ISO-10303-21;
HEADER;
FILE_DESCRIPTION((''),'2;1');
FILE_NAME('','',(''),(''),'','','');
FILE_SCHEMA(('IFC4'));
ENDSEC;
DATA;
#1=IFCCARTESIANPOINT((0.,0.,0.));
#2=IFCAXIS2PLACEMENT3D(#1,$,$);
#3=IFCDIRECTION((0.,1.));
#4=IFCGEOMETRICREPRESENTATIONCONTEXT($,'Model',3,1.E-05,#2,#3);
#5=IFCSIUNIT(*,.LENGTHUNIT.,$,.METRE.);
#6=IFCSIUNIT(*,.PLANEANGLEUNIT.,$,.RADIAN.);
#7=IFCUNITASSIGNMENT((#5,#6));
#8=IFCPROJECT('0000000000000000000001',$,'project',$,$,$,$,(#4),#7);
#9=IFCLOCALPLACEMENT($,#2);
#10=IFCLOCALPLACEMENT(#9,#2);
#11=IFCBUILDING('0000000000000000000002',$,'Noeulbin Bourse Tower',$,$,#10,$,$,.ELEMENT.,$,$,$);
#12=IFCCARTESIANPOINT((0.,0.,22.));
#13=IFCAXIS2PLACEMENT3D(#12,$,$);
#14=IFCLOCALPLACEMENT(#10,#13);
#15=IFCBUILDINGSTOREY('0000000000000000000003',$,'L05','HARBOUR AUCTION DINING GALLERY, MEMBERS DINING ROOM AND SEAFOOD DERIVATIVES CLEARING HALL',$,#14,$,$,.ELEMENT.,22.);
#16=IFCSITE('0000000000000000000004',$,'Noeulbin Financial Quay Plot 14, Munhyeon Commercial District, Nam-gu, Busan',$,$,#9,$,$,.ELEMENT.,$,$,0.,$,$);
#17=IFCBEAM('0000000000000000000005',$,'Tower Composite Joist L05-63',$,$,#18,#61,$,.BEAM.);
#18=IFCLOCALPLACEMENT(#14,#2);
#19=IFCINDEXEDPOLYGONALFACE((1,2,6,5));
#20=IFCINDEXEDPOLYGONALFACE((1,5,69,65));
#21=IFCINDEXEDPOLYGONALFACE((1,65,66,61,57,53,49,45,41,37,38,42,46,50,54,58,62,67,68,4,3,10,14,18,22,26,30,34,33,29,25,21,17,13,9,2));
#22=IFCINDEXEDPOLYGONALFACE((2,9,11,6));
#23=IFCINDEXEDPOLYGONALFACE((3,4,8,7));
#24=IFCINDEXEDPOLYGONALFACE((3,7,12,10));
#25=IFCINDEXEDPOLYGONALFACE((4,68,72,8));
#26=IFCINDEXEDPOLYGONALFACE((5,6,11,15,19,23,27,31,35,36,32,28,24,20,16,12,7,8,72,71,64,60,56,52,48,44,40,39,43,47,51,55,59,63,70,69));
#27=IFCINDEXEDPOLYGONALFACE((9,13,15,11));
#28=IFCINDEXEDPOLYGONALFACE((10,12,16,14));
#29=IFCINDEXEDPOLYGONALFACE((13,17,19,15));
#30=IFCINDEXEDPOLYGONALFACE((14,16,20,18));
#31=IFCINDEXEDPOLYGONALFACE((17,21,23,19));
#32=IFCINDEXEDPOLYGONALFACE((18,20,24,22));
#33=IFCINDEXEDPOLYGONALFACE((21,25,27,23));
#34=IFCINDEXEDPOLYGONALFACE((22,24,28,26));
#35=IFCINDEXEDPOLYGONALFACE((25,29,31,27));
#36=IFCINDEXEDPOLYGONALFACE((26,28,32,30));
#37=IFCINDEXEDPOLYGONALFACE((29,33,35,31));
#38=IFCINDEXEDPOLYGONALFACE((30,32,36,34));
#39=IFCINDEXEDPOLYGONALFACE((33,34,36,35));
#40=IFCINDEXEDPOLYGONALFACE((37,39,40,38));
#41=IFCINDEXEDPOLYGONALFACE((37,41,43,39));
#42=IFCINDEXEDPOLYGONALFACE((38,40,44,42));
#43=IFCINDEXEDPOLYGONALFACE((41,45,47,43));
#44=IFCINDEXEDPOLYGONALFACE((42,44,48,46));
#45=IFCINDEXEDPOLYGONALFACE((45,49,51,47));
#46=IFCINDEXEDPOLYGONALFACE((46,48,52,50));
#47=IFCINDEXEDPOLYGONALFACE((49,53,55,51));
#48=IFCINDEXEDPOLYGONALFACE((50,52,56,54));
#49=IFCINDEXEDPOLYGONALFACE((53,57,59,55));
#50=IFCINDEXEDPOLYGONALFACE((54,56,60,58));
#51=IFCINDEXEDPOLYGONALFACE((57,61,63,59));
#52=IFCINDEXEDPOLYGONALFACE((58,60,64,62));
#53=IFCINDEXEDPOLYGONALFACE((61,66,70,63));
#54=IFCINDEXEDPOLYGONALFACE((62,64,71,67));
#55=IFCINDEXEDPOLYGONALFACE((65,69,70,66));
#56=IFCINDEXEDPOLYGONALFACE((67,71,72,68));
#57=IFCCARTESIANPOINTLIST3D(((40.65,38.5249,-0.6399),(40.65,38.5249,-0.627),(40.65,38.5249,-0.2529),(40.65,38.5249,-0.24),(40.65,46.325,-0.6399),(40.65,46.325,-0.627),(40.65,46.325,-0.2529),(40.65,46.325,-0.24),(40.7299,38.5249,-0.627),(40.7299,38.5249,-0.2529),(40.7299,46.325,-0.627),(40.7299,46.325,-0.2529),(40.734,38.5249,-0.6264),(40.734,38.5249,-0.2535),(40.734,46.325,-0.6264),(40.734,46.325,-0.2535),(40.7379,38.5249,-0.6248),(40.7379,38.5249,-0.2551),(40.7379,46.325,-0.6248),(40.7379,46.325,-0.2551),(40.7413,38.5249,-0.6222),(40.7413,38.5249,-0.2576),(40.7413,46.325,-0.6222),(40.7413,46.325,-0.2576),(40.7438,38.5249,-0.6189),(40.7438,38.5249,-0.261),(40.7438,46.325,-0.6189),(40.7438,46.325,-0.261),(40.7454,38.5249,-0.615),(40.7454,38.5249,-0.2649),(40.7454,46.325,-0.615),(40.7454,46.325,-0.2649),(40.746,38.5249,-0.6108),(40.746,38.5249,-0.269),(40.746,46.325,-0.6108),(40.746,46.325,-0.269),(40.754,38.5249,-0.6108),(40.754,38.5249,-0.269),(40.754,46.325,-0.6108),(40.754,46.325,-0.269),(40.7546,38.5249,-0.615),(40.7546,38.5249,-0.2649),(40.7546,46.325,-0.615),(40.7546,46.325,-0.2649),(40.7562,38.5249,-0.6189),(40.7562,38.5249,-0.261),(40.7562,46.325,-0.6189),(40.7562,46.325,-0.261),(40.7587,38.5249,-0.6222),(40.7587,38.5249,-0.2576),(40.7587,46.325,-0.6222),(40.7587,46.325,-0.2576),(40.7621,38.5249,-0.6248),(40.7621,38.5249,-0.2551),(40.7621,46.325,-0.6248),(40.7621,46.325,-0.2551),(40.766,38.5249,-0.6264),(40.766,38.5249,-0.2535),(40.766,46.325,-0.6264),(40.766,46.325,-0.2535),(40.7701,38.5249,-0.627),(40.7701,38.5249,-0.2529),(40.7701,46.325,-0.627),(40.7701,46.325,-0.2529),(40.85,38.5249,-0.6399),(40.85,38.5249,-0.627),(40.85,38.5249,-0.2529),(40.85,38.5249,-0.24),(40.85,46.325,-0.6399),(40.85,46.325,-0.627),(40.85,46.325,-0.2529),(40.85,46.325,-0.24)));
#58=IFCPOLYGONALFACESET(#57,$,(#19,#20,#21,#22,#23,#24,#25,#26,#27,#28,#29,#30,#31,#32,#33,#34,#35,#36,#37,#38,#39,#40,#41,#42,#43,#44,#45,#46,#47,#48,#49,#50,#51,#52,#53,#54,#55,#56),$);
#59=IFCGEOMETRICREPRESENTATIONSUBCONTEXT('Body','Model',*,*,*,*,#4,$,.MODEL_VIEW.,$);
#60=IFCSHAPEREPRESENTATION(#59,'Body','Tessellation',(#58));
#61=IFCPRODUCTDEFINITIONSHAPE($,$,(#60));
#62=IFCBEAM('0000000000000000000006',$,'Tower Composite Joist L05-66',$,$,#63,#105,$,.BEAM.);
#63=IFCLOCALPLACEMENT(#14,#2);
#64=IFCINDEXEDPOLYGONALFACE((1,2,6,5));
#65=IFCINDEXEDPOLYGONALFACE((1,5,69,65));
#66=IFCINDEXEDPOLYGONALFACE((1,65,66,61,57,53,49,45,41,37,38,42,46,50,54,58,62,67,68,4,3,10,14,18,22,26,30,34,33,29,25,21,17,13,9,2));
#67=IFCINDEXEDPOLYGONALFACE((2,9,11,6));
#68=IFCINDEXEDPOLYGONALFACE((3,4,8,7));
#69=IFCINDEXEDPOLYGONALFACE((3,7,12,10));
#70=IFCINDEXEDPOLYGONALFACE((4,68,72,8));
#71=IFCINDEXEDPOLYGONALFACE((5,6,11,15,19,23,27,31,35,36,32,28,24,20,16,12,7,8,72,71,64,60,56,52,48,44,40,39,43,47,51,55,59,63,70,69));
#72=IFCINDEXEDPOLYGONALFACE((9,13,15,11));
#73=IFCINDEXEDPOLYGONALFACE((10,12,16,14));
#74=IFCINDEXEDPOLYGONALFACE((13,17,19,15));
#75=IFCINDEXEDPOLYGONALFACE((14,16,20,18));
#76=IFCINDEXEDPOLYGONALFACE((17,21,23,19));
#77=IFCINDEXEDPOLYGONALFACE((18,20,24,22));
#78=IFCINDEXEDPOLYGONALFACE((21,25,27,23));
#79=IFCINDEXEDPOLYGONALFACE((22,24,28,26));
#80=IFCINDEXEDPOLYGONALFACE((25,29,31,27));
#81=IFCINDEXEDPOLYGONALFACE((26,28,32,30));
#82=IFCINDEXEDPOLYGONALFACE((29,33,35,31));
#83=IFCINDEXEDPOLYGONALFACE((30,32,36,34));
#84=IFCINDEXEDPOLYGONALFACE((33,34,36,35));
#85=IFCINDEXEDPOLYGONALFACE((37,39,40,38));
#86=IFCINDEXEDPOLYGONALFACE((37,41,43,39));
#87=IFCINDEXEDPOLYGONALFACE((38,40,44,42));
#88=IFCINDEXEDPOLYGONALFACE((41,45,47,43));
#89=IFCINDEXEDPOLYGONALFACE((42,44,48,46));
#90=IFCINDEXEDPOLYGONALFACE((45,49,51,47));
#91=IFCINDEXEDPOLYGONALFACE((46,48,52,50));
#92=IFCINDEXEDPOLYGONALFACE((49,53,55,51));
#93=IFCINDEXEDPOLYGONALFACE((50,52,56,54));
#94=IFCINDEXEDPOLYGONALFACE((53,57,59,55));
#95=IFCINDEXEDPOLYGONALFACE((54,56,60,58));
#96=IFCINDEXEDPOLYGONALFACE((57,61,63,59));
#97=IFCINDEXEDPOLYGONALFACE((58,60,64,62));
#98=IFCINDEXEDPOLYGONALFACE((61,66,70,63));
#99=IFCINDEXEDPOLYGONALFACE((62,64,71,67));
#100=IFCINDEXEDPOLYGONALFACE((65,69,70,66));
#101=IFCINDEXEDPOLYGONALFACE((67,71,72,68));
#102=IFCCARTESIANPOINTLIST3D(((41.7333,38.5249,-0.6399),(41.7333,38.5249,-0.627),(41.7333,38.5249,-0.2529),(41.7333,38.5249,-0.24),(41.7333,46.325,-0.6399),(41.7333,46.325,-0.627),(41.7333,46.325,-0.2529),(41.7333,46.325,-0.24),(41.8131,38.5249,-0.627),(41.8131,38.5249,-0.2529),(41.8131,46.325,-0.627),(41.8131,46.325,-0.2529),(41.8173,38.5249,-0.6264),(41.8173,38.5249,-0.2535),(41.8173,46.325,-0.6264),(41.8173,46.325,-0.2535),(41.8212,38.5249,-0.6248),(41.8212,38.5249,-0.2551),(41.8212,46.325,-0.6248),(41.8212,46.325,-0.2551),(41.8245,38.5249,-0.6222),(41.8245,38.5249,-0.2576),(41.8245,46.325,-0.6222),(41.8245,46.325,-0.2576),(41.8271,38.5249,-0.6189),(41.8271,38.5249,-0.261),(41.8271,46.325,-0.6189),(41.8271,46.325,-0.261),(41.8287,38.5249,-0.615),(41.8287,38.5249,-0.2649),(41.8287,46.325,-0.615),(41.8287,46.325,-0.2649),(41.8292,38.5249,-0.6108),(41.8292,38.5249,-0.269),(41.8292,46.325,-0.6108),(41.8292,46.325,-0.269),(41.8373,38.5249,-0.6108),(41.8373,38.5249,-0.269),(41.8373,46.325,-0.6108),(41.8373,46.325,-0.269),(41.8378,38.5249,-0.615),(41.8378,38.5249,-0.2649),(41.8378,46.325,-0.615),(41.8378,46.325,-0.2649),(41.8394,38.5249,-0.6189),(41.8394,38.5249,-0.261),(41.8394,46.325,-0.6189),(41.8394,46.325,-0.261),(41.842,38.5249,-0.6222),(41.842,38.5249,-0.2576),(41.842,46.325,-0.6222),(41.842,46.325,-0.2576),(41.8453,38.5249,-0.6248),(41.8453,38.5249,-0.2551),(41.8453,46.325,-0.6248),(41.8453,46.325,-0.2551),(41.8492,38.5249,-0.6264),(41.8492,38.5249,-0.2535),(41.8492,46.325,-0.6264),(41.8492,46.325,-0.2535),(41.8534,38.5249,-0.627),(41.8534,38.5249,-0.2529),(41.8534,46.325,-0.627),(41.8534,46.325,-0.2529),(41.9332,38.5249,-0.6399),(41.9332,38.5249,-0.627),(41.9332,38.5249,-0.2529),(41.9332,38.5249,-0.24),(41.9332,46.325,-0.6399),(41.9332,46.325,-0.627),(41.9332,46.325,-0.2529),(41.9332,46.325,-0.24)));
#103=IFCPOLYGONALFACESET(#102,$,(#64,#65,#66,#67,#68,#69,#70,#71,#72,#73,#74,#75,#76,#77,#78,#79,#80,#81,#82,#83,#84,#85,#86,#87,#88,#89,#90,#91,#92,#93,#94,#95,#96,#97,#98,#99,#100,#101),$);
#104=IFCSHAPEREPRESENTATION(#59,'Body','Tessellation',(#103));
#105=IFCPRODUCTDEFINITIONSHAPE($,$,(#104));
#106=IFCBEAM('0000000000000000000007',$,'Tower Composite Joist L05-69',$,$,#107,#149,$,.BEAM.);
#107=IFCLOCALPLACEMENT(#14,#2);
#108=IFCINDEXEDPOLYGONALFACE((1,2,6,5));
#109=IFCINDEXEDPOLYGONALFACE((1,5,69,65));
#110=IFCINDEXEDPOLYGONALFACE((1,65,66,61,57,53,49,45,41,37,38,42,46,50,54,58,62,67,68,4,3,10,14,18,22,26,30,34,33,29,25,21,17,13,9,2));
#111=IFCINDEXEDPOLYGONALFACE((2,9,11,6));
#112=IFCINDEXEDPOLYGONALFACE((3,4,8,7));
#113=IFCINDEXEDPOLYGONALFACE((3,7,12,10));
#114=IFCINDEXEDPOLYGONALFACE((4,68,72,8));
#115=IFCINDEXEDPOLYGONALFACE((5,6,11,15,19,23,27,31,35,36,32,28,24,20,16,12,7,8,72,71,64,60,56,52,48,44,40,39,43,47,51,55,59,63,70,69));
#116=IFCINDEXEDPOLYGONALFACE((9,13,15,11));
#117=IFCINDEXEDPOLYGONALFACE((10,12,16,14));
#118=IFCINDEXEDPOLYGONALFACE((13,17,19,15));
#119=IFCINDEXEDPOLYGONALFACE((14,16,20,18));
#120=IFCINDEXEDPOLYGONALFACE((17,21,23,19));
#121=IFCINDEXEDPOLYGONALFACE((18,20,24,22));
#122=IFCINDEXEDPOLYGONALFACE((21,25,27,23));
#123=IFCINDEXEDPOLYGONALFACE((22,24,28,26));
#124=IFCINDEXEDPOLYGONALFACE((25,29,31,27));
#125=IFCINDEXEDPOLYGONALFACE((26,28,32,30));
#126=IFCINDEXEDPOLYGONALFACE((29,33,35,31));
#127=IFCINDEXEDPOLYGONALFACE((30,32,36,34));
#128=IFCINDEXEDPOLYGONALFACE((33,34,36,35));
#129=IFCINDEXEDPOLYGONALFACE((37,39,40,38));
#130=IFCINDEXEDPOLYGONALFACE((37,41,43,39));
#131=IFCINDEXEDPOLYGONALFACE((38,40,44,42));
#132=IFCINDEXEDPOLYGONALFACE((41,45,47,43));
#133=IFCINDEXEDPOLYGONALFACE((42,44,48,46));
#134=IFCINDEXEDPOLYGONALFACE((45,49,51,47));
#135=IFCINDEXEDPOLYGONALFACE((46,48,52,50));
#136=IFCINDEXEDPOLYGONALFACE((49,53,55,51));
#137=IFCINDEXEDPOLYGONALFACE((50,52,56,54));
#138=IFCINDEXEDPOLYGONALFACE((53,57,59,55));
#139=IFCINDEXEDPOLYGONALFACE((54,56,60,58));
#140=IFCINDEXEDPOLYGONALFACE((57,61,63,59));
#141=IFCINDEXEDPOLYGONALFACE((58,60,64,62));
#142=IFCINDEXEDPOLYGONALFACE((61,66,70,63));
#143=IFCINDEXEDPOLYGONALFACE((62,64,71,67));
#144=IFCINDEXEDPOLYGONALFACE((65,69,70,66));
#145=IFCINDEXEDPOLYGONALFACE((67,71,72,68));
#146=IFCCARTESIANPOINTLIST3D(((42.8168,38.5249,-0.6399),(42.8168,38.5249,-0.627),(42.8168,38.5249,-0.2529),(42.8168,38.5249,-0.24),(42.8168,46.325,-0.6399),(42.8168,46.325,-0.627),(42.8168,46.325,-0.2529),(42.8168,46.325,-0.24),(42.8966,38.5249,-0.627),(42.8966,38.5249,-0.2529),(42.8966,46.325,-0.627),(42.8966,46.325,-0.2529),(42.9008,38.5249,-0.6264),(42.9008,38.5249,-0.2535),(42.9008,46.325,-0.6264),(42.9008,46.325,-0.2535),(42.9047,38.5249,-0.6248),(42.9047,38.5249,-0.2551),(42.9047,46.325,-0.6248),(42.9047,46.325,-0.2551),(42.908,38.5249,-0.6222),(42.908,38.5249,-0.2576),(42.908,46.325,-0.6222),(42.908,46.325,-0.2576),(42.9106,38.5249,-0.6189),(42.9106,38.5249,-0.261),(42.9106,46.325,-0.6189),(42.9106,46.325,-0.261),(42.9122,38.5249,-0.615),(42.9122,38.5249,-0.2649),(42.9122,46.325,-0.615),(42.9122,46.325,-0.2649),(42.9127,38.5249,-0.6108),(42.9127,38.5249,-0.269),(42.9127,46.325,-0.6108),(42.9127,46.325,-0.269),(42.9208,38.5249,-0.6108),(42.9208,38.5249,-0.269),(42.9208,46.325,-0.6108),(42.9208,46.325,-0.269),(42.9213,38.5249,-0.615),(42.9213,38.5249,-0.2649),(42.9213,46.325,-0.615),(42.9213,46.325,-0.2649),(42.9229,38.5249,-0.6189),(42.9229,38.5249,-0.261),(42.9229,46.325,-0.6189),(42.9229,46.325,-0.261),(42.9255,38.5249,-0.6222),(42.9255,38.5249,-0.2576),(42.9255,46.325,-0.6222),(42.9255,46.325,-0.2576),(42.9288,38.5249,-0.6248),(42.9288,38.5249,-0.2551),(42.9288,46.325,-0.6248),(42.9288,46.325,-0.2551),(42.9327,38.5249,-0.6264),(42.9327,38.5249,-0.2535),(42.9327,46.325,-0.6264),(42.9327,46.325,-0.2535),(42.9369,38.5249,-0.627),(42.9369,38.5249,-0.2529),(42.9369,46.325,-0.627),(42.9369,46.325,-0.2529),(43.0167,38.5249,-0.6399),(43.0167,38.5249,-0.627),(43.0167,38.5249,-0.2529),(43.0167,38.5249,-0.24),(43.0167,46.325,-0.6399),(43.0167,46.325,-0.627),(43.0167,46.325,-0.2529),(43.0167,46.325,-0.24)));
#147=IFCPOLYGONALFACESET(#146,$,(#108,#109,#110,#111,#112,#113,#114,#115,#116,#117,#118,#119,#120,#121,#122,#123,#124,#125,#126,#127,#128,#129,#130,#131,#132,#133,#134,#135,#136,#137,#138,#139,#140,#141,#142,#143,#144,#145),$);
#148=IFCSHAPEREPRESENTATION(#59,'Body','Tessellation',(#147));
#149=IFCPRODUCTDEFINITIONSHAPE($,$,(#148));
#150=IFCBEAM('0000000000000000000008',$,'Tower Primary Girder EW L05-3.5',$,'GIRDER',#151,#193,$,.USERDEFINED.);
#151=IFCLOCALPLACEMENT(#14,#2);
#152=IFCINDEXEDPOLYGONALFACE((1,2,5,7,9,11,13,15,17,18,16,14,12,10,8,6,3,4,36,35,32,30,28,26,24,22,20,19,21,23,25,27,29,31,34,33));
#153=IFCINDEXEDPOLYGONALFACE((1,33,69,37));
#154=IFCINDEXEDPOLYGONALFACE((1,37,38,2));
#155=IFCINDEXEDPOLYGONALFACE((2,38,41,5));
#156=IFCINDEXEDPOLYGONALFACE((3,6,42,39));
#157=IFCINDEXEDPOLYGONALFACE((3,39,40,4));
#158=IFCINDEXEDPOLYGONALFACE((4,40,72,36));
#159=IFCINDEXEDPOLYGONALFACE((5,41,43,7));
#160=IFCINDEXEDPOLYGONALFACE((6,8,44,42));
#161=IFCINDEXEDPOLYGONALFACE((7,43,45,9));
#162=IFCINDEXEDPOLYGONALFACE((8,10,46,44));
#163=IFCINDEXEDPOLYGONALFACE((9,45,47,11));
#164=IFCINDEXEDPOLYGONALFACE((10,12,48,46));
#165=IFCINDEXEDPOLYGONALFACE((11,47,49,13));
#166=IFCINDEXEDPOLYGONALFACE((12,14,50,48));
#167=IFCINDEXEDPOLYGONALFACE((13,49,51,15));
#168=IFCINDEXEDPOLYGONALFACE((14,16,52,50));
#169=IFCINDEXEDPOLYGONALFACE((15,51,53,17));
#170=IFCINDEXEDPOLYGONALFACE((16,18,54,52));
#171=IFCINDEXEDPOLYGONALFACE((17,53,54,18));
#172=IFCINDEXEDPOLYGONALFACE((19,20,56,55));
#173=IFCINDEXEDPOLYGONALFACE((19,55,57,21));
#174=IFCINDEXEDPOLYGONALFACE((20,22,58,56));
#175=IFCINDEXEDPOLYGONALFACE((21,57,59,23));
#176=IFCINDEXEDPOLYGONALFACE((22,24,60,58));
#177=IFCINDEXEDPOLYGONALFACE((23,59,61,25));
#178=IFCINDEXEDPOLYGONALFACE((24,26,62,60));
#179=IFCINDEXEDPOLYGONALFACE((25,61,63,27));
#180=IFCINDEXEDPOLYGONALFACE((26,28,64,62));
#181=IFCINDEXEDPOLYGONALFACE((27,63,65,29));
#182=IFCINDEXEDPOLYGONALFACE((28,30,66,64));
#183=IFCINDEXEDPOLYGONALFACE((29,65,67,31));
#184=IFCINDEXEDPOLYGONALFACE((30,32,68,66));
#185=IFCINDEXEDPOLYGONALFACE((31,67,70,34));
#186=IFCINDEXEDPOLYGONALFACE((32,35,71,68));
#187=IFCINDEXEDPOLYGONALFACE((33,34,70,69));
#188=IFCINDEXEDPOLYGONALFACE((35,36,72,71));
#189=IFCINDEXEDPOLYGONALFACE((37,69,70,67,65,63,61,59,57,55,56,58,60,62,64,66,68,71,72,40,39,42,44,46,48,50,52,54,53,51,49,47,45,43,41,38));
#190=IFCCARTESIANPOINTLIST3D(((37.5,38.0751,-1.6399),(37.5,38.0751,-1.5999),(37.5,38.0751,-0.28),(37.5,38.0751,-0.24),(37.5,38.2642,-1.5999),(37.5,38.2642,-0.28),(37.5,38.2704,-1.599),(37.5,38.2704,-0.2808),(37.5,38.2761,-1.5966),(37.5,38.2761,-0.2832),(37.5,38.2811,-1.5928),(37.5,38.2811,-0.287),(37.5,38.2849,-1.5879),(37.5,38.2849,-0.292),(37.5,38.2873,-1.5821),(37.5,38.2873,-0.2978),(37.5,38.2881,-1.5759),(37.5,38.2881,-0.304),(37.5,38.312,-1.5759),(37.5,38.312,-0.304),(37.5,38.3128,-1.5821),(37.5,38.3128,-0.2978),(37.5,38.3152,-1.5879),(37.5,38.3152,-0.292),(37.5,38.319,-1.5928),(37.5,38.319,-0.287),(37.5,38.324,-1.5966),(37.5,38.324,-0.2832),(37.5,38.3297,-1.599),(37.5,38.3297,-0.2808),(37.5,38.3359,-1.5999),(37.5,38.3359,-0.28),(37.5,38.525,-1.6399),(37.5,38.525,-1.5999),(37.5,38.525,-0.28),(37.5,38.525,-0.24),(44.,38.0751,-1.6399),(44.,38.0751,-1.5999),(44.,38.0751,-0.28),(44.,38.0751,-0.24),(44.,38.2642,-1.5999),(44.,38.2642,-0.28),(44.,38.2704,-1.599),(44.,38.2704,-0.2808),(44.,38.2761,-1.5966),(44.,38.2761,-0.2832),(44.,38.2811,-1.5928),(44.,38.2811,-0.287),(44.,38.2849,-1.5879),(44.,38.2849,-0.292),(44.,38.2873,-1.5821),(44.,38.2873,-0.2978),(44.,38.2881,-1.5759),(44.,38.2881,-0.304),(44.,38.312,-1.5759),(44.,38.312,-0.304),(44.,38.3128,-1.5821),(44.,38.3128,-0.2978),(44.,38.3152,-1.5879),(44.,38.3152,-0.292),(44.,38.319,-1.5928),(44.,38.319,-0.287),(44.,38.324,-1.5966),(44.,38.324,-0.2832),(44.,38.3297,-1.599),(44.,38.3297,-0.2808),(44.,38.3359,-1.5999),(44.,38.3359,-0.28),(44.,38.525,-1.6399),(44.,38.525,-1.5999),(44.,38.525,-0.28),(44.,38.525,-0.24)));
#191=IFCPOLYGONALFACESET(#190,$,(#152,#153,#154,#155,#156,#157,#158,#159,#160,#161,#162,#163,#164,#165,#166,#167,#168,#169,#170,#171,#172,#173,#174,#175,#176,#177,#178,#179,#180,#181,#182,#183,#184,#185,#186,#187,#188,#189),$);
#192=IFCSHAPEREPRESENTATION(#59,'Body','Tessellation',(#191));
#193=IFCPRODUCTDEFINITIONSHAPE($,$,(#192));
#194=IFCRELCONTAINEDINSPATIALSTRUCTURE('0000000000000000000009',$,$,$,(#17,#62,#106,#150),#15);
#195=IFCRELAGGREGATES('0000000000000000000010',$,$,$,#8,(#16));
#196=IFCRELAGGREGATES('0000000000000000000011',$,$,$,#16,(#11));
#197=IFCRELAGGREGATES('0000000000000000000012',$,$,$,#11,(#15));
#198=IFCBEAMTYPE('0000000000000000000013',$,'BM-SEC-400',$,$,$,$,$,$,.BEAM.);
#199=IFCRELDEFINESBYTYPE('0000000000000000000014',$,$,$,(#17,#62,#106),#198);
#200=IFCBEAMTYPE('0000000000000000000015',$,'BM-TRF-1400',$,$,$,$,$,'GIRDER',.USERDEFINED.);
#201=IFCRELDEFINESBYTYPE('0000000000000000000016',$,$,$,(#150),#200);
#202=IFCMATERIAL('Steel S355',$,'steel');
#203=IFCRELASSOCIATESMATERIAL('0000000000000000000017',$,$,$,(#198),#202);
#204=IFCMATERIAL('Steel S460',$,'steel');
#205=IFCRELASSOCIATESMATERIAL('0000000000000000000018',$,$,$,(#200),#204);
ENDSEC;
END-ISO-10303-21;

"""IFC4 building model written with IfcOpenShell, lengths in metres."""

from ifc_helpers import new_model, si_unit, direction, frame, origin, origin_2d, place, context, subcontext, project, spatial, i_section, extrude, material, material_profile, profile_set, type_object, element, save


model = new_model("IFC4")

# Units and contexts
model_context = context("Model", 3, precision=1e-05, world=origin(), true_north=direction((0.0, 1.0)))
body_context = subcontext(model_context, "Body", "Model", "MODEL_VIEW")
ifc_project = project(units=[si_unit("LENGTHUNIT", "METRE"), si_unit("PLANEANGLEUNIT", "RADIAN")], contexts=[model_context])

# Site, building, storey
site_placement = place(None, origin())
site = spatial("IfcSite", under=ifc_project, at=site_placement, Name="Noeulbin Financial Quay Plot 14, Munhyeon Commercial District, Nam-gu, Busan", CompositionType="ELEMENT", RefElevation=0.0)
building_placement = place(site_placement, origin())
building = spatial("IfcBuilding", under=site, at=building_placement, Name="Noeulbin Bourse Tower", CompositionType="ELEMENT")
storey_placement = place(building_placement, frame((0.0, 0.0, 22.0)))
storey = spatial("IfcBuildingStorey", under=building, at=storey_placement, Name="L05", Description="HARBOUR AUCTION DINING GALLERY, MEMBERS DINING ROOM AND SEAFOOD DERIVATIVES CLEARING HALL", CompositionType="ELEMENT", Elevation=22.0)

# Shared definitions
ifc_material_1 = material(Name="Steel S460", Category="steel")

# Beams
ifc_material_2 = material(Name="Steel S355", Category="steel")
ifc_material_profile_1 = material_profile(ifc_material_2, i_section(OverallWidth=0.2, OverallDepth=0.3999, WebThickness=0.0081, FlangeThickness=0.0129, FilletRadius=0.0161, at=origin_2d()), Name="H-400x200x8x13", Category="LoadBearing")
ifc_profile_set_1 = profile_set([ifc_material_profile_1], Name="Steel S355")
beam_type_1 = type_object("IfcBeamType", Name="BM-SEC-400", PredefinedType="BEAM", material=ifc_profile_set_1)
for number, where, z_axis, x_axis, name in (
    (1, (40.75, 38.5249, -0.4399), (0.0, 1.0, 0.0), (-1.0, 0.0, 0.0), "Tower Composite Joist L05-63"),
    (2, (41.8333, 38.5249, -0.4399), (0.0, 1.0, 0.0), (-1.0, 0.0, 0.0), "Tower Composite Joist L05-66"),
    (3, (42.9167, 38.5249, -0.4399), (0.0, 1.0, 0.0), (-1.0, 0.0, 0.0), "Tower Composite Joist L05-69"),
):
    element("IfcBeam", number, at=place(storey_placement, frame(where, z_axis=z_axis, x_axis=x_axis)), inside=storey, type_object=beam_type_1, Name=name, PredefinedType="BEAM", context=body_context, shape_type="SweptSolid", body=[
        extrude(i_section(OverallWidth=0.2, OverallDepth=0.3999, WebThickness=0.0081, FlangeThickness=0.0129, FilletRadius=0.0161, at=origin_2d()), origin(), (0.0, 0.0, 1.0), 7.8),
    ])
ifc_material_profile_2 = material_profile(ifc_material_1, i_section(OverallWidth=0.45, OverallDepth=1.3999, WebThickness=0.0239, FlangeThickness=0.04, FilletRadius=0.0239, at=origin_2d()), Name="PG-1400x450x24x40", Category="LoadBearing")
ifc_profile_set_2 = profile_set([ifc_material_profile_2], Name="Steel S460")
beam_type_2 = type_object("IfcBeamType", Name="BM-TRF-1400", ElementType="GIRDER", PredefinedType="USERDEFINED", material=ifc_profile_set_2)
beam_1_placement = place(storey_placement, frame((37.5, 38.3, -0.9399), z_axis=(1.0, 0.0, 0.0), x_axis=(0.0, 1.0, 0.0)))
element("IfcBeam", 4, at=beam_1_placement, inside=storey, type_object=beam_type_2, Name="Tower Primary Girder EW L05-3.5", ObjectType="GIRDER", PredefinedType="USERDEFINED", context=body_context, shape_type="SweptSolid", body=[
    extrude(i_section(OverallWidth=0.45, OverallDepth=1.3999, WebThickness=0.0239, FlangeThickness=0.04, FilletRadius=0.0239, at=origin_2d()), origin(), (0.0, 0.0, 1.0), 6.5),
])

save(model, "model.ifc")
